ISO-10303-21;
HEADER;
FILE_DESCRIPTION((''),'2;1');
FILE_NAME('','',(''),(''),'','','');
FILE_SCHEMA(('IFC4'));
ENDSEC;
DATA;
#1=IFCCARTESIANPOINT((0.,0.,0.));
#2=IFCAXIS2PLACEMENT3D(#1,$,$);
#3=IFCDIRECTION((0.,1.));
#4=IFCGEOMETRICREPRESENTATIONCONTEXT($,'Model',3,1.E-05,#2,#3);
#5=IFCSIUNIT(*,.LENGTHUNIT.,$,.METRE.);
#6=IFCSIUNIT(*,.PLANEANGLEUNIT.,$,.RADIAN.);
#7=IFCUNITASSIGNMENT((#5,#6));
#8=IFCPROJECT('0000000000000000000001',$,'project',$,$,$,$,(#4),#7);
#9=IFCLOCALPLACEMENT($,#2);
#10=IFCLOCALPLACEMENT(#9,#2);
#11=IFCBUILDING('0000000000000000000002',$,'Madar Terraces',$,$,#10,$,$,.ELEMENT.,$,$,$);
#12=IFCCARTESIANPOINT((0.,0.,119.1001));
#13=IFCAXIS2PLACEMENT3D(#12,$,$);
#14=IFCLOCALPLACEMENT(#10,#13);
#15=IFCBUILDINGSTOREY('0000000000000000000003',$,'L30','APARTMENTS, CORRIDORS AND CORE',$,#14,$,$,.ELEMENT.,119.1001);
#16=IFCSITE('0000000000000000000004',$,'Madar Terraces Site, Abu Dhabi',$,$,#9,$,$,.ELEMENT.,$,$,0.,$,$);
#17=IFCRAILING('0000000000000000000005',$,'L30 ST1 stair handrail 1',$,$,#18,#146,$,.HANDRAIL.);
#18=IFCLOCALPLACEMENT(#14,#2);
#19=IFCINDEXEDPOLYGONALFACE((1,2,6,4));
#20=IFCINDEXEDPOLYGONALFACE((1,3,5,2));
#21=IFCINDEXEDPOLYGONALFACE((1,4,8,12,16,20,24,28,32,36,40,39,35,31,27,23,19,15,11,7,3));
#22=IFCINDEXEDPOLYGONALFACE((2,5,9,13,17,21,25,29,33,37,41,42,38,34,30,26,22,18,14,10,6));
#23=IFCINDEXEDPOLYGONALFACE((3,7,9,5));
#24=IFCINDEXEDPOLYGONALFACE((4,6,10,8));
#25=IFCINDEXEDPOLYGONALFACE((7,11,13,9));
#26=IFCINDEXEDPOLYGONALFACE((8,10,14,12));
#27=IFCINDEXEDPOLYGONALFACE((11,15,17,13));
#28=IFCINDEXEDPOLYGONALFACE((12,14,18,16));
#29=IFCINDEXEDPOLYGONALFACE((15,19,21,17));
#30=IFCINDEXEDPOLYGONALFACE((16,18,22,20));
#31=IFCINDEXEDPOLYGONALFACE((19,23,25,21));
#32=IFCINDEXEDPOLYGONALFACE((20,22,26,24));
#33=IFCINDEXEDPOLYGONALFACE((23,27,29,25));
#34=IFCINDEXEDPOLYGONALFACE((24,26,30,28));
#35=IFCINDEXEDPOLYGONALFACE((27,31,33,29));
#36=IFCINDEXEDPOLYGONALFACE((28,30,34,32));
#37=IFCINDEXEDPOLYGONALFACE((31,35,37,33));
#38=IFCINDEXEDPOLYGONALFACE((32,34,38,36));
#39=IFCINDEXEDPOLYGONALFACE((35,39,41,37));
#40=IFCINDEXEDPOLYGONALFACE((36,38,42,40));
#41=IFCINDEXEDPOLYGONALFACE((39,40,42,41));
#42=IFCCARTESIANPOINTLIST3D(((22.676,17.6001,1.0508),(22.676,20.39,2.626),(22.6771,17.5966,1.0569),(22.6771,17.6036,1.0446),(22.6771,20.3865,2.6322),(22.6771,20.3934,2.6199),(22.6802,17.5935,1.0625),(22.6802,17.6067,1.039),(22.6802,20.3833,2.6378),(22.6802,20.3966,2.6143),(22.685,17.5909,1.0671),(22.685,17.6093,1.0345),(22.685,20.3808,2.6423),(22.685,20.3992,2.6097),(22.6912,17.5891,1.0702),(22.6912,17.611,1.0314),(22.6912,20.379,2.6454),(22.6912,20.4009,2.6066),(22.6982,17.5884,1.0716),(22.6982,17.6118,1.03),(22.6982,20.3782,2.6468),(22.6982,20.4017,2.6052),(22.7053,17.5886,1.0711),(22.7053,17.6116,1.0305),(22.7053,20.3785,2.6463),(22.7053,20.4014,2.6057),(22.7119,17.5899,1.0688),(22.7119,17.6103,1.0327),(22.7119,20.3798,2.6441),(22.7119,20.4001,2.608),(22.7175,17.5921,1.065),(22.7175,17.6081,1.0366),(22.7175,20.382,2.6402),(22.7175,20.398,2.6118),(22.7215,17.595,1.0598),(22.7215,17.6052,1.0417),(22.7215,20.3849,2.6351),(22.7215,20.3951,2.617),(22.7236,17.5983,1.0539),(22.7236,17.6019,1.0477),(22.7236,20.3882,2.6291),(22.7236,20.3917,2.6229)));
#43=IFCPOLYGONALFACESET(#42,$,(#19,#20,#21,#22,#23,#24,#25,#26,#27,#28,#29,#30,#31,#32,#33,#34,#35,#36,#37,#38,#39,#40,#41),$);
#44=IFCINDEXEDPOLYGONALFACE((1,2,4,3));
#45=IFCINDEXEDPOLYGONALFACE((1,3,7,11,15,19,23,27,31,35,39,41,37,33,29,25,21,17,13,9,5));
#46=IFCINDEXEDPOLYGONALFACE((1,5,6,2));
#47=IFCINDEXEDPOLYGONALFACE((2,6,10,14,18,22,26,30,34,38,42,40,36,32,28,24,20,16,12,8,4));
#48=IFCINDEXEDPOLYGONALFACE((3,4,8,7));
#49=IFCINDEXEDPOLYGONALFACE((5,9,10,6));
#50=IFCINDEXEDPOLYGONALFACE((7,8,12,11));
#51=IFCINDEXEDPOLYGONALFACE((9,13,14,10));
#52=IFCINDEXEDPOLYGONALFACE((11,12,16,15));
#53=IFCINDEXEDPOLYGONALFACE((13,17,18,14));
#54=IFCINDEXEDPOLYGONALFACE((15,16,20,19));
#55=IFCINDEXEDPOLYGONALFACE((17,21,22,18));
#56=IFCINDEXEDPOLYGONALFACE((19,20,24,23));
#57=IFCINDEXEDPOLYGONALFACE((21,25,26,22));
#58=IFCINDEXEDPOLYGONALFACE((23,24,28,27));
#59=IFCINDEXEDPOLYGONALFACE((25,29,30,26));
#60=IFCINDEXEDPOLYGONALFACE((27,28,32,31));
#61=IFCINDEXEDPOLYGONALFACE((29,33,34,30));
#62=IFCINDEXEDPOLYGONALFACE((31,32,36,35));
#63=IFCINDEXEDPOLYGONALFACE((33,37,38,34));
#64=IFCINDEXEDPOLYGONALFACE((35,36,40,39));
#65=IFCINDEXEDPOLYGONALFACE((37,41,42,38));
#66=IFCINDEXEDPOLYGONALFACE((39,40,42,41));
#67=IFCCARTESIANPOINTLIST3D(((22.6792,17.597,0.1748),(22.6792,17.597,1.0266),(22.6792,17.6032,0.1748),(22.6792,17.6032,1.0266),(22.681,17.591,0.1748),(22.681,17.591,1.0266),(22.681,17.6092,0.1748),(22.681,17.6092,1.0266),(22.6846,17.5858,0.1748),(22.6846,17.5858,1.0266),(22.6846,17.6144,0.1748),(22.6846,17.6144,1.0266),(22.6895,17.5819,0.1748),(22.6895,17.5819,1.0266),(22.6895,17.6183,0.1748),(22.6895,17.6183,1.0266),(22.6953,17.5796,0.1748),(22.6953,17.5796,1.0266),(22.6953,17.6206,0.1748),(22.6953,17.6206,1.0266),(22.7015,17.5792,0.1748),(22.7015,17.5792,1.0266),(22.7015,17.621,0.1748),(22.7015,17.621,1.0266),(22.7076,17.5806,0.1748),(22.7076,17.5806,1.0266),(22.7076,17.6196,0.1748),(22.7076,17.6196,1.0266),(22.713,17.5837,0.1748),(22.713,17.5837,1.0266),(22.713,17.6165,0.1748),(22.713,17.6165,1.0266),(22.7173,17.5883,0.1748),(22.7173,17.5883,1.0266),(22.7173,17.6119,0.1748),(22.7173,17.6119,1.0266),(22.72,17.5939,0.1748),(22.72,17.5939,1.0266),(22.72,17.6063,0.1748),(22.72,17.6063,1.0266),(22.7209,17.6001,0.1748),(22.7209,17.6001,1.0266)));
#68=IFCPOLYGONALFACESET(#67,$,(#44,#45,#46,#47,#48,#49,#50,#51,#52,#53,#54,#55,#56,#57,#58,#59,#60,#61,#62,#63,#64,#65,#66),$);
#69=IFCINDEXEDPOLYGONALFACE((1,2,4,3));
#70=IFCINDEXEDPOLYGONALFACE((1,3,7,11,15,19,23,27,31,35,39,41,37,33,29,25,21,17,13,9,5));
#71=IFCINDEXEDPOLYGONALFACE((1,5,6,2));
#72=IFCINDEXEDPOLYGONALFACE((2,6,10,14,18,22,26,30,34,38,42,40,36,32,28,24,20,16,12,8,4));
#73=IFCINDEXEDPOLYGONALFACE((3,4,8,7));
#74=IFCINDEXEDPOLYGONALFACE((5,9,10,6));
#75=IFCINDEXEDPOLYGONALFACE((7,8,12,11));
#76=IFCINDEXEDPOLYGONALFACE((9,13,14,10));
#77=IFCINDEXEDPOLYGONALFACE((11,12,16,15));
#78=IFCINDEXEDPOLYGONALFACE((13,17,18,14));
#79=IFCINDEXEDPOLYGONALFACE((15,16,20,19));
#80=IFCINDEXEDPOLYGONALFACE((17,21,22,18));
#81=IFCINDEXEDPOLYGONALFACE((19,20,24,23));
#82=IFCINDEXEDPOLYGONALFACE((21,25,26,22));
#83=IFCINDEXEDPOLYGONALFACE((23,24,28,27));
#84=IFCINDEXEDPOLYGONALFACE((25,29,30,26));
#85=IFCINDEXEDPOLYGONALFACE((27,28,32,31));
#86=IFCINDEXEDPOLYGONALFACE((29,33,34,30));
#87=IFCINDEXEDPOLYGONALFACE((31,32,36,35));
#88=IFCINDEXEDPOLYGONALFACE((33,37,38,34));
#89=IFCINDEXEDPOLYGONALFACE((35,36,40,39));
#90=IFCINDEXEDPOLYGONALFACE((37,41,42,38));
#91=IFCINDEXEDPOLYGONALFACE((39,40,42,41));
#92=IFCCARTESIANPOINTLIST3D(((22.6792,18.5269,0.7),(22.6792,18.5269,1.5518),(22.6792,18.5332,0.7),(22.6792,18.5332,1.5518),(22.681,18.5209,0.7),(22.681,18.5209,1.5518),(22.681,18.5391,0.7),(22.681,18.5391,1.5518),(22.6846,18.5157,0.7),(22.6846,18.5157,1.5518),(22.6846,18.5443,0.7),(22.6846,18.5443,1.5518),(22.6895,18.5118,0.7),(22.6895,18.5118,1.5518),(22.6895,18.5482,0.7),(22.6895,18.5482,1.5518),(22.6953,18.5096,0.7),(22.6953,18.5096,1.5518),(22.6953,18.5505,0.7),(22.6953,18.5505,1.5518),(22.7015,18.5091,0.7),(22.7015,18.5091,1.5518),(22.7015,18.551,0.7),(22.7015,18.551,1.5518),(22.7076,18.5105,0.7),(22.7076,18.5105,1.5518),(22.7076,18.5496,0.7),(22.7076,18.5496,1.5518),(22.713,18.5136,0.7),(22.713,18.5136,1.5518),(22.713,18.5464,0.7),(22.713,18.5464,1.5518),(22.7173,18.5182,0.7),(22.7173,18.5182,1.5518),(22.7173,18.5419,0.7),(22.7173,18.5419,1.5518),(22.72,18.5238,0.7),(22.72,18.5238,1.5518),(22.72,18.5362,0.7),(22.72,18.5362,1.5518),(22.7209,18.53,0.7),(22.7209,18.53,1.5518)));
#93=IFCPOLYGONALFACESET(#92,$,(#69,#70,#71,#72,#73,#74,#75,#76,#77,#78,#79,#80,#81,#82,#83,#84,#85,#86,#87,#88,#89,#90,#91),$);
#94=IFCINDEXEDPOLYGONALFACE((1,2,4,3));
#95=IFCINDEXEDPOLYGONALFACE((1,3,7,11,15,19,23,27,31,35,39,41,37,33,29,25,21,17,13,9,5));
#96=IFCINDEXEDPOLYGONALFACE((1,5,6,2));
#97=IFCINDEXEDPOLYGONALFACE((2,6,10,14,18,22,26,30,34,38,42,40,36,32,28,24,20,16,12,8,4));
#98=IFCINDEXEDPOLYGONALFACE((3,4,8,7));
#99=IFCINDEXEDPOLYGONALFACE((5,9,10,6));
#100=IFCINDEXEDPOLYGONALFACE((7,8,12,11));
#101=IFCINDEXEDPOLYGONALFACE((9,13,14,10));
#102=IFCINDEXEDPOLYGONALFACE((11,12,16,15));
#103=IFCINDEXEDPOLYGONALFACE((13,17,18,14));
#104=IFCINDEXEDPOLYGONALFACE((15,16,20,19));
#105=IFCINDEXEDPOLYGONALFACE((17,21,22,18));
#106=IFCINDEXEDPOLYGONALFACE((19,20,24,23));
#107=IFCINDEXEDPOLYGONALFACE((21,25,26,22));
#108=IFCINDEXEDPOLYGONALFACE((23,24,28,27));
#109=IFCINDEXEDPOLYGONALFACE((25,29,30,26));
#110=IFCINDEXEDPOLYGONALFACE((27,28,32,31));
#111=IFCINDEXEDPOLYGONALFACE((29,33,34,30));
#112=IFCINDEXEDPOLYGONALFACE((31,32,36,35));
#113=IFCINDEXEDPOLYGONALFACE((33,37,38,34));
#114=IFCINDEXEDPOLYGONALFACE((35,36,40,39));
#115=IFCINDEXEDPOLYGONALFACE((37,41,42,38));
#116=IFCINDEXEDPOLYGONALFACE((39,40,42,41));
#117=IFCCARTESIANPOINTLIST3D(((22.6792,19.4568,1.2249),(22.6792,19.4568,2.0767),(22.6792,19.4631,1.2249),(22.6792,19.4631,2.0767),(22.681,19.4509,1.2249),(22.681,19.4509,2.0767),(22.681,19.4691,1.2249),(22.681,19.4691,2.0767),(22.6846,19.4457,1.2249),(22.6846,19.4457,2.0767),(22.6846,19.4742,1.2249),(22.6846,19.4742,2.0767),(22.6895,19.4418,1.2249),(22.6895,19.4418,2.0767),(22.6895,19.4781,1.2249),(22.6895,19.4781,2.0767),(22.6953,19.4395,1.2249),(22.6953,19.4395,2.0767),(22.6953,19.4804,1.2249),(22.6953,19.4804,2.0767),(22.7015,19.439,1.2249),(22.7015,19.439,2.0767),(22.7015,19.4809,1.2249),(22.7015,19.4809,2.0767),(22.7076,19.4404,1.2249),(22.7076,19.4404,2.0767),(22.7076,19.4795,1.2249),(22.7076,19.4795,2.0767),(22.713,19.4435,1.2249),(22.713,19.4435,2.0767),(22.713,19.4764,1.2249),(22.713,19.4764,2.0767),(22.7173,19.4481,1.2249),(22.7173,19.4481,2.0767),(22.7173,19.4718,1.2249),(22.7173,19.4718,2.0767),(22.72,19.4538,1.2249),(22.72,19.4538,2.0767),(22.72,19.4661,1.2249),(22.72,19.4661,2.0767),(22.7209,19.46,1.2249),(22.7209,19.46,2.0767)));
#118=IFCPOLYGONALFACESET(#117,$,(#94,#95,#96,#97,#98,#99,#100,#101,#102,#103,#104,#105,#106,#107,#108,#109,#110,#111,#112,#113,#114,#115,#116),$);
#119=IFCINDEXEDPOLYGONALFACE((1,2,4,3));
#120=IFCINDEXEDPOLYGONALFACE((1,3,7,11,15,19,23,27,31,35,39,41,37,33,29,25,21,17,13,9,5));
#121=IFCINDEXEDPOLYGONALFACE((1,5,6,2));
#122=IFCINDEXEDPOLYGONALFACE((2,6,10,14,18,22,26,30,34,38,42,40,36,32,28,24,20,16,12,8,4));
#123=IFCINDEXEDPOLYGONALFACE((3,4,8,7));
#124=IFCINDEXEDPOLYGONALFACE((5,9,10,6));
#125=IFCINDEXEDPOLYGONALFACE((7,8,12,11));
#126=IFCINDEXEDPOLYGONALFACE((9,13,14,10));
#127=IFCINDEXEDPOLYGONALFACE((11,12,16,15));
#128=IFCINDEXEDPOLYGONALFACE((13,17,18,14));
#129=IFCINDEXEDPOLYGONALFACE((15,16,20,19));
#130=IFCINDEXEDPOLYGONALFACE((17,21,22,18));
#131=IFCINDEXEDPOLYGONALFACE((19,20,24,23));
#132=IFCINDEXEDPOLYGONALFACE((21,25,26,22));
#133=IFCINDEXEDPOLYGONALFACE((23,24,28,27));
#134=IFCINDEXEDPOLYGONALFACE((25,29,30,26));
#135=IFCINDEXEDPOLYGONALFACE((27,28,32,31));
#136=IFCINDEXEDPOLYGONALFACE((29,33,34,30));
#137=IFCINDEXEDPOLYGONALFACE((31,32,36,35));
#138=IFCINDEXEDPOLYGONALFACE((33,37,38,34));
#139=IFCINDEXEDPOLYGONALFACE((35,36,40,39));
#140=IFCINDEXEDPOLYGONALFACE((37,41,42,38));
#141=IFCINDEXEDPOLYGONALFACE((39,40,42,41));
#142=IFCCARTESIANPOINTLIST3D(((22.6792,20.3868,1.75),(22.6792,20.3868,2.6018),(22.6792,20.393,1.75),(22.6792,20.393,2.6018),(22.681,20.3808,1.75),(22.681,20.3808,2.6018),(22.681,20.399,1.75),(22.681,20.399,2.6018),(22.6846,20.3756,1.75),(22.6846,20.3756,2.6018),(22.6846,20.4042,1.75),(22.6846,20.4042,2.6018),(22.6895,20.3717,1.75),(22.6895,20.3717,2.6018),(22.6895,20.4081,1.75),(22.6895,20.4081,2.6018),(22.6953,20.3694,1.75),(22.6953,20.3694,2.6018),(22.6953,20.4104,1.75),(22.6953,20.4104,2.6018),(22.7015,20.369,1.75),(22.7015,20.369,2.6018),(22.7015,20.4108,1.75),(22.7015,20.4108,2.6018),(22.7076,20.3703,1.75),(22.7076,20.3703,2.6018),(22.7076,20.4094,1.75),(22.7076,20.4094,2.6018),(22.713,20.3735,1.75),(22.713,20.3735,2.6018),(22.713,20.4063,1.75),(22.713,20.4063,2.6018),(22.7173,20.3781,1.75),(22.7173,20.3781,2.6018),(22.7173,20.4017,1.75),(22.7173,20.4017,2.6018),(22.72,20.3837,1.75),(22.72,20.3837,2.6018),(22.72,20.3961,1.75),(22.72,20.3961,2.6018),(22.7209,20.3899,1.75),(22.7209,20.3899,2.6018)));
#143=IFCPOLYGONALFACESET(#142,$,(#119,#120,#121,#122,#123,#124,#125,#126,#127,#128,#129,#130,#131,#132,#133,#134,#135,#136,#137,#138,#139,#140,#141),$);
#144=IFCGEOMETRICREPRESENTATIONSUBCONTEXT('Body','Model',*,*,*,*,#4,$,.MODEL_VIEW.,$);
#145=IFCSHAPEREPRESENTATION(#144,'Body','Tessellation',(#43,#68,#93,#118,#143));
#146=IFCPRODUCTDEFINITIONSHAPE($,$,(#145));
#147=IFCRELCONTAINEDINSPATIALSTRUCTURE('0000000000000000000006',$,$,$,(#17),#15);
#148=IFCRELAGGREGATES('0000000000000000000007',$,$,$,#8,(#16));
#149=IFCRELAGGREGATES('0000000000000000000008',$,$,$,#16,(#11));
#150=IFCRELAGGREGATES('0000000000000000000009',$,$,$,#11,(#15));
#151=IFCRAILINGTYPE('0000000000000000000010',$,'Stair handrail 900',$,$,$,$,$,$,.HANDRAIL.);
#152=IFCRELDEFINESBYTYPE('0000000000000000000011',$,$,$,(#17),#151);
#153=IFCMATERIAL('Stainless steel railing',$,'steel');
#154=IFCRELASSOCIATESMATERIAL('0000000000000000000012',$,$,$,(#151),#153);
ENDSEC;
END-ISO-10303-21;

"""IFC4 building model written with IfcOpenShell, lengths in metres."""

from ifc_helpers import new_model, si_unit, direction, frame, origin, origin_2d, place, context, subcontext, project, spatial, circle, extrude, material, type_object, element, save


model = new_model("IFC4")

# Units and contexts
model_context = context("Model", 3, precision=1e-05, world=origin(), true_north=direction((0.0, 1.0)))
body_context = subcontext(model_context, "Body", "Model", "MODEL_VIEW")
ifc_project = project(units=[si_unit("LENGTHUNIT", "METRE"), si_unit("PLANEANGLEUNIT", "RADIAN")], contexts=[model_context])

# Site, building, storey
site_placement = place(None, origin())
site = spatial("IfcSite", under=ifc_project, at=site_placement, Name="Madar Terraces Site, Abu Dhabi", CompositionType="ELEMENT", RefElevation=0.0)
building_placement = place(site_placement, origin())
building = spatial("IfcBuilding", under=site, at=building_placement, Name="Madar Terraces", CompositionType="ELEMENT")
storey_placement = place(building_placement, frame((0.0, 0.0, 119.1001)))
storey = spatial("IfcBuildingStorey", under=building, at=storey_placement, Name="L30", Description="APARTMENTS, CORRIDORS AND CORE", CompositionType="ELEMENT", Elevation=119.1001)

# Railing
ifc_material_1 = material(Name="Stainless steel railing", Category="steel")
railing_type_1 = type_object("IfcRailingType", Name="Stair handrail 900", PredefinedType="HANDRAIL", material=ifc_material_1)
railing_1_placement = place(storey_placement, frame((22.7, 17.6001, 0.1748)))
element("IfcRailing", 1, at=railing_1_placement, inside=storey, type_object=railing_type_1, Name="L30 ST1 stair handrail 1", PredefinedType="HANDRAIL", context=body_context, shape_type="SweptSolid", body=[
    extrude(circle(Radius=0.0239, at=origin_2d()), frame((0.0, 0.0, 0.876), z_axis=(0.0, 0.870783, 0.491668), x_axis=(-1.0, 0.0, 0.0)), (0.0, 0.0, 1.0), 3.2039),
    extrude(circle(Radius=0.021, at=origin_2d()), origin(), (0.0, 0.0, 1.0), 0.8518),
    extrude(circle(Radius=0.021, at=origin_2d()), frame((0.0, 0.9299, 0.5251)), (0.0, 0.0, 1.0), 0.8518),
    extrude(circle(Radius=0.021, at=origin_2d()), frame((0.0, 1.8599, 1.05)), (0.0, 0.0, 1.0), 0.8518),
    extrude(circle(Radius=0.021, at=origin_2d()), frame((0.0, 2.7898, 1.5752)), (0.0, 0.0, 1.0), 0.8518),
])

save(model, "model.ifc")
